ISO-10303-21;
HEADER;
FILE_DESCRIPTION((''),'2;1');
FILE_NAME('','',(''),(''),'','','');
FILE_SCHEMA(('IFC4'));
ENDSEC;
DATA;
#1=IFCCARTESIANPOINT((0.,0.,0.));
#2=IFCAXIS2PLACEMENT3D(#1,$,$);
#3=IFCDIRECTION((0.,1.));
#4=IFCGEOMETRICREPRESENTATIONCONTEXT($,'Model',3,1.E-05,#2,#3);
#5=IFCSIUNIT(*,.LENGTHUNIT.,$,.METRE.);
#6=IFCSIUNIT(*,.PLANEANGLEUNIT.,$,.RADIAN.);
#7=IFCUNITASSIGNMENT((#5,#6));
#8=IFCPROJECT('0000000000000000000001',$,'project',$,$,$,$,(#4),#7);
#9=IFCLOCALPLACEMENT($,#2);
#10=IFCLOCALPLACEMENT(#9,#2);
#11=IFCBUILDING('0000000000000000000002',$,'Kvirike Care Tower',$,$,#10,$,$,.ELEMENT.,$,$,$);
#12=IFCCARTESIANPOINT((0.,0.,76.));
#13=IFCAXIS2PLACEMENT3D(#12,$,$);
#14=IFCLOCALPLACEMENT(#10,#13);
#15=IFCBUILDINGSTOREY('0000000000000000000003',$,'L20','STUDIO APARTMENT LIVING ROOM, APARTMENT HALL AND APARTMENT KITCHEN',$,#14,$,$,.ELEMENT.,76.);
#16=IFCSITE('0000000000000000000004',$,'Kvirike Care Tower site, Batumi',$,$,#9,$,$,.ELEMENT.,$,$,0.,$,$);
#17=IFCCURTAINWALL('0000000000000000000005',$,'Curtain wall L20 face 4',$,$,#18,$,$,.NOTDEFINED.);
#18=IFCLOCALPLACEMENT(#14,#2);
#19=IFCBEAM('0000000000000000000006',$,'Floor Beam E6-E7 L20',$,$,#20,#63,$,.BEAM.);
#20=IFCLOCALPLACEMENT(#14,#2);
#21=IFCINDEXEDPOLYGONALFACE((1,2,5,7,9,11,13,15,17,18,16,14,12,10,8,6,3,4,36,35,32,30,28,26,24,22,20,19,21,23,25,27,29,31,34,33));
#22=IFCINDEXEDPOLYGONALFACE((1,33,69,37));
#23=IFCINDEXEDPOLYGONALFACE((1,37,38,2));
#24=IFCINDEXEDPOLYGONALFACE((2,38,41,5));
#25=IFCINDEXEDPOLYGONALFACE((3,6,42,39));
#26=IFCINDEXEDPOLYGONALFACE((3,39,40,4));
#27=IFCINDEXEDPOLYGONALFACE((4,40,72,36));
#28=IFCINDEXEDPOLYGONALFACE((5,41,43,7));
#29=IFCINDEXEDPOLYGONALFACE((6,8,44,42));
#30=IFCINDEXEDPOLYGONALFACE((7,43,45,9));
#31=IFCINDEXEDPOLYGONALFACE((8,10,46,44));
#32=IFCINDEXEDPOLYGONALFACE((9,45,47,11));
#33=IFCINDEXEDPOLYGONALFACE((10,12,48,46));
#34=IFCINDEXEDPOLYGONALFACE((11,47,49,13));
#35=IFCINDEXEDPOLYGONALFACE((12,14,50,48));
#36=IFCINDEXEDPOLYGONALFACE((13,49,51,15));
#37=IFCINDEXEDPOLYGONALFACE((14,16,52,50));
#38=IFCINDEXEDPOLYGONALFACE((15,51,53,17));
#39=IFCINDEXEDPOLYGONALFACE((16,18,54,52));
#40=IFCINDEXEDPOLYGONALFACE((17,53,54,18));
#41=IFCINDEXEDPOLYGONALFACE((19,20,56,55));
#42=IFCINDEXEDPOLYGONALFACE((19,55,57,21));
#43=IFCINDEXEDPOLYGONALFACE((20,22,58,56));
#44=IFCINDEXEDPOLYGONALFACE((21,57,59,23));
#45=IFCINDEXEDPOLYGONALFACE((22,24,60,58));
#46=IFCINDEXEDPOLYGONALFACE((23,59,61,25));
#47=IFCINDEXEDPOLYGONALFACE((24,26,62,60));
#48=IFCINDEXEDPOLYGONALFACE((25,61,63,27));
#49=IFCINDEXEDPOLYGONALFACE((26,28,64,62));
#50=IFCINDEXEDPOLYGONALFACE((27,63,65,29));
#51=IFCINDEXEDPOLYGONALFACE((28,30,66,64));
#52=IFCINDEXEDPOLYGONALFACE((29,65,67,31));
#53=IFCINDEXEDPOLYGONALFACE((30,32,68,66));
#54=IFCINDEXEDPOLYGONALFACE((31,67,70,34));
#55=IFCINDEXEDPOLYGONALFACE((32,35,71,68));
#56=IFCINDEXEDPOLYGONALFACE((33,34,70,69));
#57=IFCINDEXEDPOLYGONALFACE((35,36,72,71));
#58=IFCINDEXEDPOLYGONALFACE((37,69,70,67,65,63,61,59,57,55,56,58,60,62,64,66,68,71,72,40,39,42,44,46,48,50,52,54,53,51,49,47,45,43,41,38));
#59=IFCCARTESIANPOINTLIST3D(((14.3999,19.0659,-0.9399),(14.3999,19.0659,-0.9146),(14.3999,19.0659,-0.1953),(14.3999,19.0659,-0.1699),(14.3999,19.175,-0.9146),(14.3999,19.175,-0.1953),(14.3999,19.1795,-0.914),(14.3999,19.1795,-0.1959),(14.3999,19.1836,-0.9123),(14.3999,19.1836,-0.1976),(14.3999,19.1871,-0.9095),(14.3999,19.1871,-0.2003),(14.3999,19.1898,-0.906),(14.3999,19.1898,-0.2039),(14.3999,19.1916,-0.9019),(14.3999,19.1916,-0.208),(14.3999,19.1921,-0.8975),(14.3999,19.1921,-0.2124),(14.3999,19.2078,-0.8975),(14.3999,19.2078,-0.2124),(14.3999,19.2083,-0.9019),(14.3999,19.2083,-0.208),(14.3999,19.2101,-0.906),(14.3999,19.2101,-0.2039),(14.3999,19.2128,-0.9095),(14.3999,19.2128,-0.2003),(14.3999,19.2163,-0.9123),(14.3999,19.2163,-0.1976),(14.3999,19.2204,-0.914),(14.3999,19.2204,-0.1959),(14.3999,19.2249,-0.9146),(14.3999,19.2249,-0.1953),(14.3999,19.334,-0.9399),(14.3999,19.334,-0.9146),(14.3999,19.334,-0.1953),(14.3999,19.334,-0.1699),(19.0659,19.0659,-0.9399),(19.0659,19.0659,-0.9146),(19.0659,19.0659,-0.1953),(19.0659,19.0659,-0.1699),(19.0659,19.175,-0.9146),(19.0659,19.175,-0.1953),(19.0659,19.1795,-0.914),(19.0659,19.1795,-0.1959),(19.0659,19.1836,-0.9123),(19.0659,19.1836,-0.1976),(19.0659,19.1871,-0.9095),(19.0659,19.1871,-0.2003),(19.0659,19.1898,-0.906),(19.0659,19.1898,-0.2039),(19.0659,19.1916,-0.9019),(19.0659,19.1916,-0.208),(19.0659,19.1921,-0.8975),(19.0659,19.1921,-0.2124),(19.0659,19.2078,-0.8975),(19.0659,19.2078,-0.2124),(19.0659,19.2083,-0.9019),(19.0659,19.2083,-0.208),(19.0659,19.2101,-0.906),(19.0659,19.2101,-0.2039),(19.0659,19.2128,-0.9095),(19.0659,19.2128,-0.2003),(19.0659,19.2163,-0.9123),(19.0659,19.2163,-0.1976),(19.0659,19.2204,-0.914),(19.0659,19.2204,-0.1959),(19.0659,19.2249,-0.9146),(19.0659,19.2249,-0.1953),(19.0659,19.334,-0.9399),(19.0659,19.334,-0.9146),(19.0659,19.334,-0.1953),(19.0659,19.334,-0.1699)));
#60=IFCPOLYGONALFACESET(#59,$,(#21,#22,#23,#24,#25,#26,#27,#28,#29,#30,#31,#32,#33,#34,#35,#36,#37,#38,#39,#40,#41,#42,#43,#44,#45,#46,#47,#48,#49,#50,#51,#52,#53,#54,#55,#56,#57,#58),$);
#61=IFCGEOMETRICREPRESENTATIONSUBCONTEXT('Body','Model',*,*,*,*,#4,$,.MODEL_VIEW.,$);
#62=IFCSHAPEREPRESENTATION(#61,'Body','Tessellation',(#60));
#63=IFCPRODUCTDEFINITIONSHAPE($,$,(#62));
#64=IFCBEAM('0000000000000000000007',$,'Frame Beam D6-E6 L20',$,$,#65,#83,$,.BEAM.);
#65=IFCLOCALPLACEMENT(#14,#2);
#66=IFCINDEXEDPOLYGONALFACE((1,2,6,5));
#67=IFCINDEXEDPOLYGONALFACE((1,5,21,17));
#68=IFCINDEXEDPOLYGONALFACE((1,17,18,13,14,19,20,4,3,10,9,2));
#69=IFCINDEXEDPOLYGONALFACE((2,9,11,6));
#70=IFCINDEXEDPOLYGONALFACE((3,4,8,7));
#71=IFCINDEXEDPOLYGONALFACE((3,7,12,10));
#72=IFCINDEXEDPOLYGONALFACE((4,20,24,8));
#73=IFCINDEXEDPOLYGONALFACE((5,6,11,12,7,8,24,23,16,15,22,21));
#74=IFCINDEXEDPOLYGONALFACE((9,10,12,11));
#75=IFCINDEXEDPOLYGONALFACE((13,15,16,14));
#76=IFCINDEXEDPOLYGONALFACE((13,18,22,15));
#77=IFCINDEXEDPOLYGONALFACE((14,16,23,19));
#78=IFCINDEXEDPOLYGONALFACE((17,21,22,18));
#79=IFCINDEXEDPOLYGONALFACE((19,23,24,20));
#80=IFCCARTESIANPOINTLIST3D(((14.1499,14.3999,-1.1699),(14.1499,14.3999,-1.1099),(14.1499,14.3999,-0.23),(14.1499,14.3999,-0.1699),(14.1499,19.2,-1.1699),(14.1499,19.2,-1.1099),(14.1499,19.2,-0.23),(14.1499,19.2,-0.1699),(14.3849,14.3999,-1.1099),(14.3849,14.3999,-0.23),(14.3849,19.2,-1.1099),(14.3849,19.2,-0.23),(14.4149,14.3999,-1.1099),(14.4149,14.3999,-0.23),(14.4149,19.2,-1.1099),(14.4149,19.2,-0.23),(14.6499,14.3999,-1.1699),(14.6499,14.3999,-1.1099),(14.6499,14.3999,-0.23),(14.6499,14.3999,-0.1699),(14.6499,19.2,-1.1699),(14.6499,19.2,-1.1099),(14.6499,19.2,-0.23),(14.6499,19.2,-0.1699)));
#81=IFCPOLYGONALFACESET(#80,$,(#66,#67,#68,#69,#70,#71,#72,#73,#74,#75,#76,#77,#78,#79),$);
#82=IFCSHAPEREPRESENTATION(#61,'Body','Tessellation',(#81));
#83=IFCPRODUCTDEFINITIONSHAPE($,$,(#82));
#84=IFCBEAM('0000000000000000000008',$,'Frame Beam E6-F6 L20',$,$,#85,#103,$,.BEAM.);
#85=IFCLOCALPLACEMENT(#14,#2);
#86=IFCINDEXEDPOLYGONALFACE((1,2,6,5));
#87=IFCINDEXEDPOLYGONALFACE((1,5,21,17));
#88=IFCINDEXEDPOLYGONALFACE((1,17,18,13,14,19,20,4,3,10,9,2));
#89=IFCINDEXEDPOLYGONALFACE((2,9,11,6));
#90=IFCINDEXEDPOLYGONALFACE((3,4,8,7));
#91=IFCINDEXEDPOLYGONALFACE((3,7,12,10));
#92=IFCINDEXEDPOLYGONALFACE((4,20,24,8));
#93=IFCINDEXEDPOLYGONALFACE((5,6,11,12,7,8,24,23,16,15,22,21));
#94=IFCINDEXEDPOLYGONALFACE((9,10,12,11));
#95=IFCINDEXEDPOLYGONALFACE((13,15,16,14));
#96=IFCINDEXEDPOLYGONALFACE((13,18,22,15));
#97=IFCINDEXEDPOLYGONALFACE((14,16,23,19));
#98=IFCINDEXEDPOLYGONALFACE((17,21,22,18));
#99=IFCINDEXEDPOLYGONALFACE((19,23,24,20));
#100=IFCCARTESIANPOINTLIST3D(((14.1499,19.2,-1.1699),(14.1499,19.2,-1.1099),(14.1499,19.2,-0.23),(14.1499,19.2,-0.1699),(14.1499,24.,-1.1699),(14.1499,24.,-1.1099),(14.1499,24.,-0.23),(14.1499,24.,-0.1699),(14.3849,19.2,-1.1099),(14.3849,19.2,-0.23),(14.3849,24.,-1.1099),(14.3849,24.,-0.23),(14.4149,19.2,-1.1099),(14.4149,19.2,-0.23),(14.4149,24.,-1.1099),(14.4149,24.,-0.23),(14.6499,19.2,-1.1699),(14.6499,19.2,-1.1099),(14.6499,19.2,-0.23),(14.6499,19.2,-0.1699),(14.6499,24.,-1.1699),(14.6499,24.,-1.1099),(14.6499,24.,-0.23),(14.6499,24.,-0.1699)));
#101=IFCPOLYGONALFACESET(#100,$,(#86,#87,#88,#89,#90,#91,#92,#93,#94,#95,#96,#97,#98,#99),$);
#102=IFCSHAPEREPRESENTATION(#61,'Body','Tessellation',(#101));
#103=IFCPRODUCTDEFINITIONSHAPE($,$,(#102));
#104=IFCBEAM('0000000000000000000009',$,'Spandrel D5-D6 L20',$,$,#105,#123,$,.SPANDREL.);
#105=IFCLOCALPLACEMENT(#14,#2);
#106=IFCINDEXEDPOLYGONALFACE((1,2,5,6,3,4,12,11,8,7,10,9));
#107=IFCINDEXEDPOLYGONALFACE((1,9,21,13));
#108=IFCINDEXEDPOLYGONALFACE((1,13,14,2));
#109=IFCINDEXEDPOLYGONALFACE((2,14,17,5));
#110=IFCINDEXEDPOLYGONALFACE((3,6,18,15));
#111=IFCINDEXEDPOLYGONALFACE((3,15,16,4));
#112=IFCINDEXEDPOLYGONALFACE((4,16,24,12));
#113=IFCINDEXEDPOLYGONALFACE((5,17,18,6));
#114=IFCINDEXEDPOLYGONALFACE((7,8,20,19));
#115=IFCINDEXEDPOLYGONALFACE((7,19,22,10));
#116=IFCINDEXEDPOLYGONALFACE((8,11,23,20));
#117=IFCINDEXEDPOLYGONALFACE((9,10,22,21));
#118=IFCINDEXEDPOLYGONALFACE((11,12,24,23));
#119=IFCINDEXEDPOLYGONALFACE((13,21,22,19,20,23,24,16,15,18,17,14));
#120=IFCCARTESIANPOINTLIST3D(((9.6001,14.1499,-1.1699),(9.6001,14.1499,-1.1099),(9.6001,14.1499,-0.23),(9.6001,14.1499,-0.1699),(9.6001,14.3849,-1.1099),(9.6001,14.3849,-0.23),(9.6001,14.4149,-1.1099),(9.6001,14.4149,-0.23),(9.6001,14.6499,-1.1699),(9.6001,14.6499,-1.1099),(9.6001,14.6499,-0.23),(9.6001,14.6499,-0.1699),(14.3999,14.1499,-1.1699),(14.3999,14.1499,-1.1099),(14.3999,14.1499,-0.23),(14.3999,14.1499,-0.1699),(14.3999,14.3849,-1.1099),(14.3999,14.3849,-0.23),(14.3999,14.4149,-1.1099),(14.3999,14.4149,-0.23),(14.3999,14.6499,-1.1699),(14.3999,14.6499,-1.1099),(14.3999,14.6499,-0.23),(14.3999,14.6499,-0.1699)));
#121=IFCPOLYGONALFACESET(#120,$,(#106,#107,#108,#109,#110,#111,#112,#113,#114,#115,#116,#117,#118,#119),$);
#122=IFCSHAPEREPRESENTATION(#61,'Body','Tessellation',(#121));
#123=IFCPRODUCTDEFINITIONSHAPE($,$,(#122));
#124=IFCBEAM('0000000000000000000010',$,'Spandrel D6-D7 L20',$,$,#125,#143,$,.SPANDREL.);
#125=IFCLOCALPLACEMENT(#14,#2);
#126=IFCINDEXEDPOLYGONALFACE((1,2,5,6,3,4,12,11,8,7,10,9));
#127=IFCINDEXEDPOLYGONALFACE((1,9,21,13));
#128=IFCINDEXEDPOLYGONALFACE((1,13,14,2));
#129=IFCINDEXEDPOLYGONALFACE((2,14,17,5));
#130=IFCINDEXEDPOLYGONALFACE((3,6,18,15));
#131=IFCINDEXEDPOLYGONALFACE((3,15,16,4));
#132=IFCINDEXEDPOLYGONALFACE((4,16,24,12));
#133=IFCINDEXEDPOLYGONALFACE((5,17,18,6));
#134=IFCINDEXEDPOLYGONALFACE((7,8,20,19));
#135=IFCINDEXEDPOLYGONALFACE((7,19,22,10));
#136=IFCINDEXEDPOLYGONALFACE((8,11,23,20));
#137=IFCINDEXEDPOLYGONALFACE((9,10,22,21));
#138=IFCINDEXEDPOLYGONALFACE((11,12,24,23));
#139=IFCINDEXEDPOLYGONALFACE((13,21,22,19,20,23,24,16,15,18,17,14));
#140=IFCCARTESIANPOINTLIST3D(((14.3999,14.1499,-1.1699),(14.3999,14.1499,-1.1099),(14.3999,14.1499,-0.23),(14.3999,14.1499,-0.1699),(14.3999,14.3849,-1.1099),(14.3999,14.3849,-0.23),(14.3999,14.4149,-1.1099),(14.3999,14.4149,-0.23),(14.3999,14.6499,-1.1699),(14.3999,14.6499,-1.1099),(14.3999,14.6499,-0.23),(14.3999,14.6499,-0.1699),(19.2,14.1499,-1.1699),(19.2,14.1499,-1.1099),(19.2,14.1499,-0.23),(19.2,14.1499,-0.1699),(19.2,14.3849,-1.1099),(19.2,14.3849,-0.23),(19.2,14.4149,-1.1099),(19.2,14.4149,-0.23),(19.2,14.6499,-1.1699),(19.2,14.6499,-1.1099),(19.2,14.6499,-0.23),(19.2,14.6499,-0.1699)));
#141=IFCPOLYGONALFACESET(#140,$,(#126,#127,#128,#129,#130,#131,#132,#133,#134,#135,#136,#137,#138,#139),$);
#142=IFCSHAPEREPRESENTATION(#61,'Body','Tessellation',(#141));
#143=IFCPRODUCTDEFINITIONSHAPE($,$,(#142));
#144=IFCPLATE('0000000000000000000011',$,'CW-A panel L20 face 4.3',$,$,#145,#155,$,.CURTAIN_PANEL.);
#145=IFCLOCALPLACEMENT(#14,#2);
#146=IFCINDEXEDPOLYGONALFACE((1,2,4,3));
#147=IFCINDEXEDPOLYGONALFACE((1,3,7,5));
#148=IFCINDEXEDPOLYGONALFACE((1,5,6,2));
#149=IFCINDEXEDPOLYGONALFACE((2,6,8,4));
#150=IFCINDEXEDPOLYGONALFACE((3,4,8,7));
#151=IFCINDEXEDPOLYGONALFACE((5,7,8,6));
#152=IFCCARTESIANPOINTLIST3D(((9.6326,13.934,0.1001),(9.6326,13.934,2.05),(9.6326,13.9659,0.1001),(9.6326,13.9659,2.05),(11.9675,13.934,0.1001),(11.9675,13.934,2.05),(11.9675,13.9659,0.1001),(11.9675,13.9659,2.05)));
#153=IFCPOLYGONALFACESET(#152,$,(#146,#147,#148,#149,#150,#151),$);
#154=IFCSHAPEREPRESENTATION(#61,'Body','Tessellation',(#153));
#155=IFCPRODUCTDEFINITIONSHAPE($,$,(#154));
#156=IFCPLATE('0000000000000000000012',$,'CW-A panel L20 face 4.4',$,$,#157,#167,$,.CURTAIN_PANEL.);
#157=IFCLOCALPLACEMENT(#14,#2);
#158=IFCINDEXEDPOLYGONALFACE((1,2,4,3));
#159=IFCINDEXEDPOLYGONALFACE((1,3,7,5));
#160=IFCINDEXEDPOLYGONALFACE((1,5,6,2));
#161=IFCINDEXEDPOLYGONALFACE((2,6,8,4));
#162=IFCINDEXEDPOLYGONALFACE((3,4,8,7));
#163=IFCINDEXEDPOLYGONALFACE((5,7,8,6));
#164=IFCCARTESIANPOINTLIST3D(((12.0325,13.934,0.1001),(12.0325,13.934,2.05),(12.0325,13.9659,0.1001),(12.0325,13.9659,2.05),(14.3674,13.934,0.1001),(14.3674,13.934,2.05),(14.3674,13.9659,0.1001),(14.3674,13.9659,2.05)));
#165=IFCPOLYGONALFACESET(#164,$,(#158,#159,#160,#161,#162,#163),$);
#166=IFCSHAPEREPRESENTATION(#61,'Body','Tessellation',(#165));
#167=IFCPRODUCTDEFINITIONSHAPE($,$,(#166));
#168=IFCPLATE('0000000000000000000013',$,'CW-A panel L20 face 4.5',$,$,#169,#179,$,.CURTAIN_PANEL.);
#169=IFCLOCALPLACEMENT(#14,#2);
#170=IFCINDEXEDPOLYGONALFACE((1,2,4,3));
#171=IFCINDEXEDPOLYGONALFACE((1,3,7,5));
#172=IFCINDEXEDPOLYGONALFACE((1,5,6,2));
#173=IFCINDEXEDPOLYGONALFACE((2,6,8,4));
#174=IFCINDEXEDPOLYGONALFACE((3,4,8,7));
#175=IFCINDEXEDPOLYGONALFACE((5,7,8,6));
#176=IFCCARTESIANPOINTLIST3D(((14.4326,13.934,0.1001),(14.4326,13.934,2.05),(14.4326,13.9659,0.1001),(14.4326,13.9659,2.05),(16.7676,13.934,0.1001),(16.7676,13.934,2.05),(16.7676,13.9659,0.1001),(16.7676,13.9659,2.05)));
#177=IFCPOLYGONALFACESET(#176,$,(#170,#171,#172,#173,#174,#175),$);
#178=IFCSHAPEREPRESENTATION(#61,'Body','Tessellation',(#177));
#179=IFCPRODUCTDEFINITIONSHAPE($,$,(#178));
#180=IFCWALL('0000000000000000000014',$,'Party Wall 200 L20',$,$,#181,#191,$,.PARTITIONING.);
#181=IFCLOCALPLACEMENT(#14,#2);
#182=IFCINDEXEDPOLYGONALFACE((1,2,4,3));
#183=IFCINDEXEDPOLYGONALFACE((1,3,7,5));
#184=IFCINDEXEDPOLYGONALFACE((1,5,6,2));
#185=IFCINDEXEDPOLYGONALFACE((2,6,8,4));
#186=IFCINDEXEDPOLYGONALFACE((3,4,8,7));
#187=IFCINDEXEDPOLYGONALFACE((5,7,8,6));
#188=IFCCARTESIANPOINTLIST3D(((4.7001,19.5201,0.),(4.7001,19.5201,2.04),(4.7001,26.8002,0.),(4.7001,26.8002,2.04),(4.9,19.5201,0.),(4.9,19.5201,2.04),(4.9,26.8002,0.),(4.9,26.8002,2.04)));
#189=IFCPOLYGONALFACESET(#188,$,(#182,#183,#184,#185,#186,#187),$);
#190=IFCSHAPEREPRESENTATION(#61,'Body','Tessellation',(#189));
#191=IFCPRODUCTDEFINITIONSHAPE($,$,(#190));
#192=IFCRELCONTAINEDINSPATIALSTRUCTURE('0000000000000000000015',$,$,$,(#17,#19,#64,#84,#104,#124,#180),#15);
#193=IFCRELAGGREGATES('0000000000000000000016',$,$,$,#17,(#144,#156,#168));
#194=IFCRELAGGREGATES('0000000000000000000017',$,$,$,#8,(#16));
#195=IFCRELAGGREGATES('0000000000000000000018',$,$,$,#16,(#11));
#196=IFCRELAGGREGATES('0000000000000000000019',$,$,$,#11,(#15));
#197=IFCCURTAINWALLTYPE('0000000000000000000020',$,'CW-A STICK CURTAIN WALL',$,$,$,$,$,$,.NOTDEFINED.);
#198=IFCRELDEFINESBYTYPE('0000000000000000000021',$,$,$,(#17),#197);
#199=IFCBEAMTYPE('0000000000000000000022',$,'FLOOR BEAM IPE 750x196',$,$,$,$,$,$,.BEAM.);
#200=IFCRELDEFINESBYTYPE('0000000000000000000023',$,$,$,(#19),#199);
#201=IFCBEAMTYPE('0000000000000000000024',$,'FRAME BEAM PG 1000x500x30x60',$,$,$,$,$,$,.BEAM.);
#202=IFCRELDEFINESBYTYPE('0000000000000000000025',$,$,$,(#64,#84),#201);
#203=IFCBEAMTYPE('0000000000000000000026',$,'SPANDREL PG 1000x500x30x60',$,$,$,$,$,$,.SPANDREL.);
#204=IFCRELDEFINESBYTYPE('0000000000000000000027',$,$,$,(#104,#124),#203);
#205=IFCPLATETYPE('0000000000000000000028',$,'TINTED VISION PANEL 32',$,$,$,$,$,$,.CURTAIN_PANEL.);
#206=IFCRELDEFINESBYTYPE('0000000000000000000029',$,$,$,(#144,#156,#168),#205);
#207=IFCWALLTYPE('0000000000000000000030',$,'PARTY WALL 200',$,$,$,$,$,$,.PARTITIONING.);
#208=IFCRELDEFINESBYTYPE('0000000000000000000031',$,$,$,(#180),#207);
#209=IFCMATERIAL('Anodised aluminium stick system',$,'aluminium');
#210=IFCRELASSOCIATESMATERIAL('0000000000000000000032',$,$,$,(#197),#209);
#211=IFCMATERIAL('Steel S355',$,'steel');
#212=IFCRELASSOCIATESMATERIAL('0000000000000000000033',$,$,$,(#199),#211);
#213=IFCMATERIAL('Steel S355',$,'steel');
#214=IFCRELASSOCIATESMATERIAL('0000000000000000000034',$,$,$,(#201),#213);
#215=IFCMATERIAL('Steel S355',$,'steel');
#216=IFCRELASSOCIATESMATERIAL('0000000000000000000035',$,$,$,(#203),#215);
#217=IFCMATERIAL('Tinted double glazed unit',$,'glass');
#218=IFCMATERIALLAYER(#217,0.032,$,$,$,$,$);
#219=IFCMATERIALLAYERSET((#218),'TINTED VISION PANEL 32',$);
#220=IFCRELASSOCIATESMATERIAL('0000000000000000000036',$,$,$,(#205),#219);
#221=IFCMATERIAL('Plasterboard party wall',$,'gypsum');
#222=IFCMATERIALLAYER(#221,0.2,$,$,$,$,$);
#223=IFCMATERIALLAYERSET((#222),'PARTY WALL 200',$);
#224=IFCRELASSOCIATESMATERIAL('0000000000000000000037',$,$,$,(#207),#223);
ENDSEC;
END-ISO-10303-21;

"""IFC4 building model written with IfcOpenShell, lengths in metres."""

from ifc_helpers import new_model, si_unit, direction, frame, frame_2d, origin, origin_2d, place, context, subcontext, project, spatial, rectangle, i_section, extrude, material, layer, layer_set, material_profile, profile_set, type_object, element, aggregate, save


model = new_model("IFC4")

# Units and contexts
model_context = context("Model", 3, precision=1e-05, world=origin(), true_north=direction((0.0, 1.0)))
body_context = subcontext(model_context, "Body", "Model", "MODEL_VIEW")
ifc_project = project(units=[si_unit("LENGTHUNIT", "METRE"), si_unit("PLANEANGLEUNIT", "RADIAN")], contexts=[model_context])

# Site, building, storey
site_placement = place(None, origin())
site = spatial("IfcSite", under=ifc_project, at=site_placement, Name="Kvirike Care Tower site, Batumi", CompositionType="ELEMENT", RefElevation=0.0)
building_placement = place(site_placement, origin())
building = spatial("IfcBuilding", under=site, at=building_placement, Name="Kvirike Care Tower", CompositionType="ELEMENT")
storey_placement = place(building_placement, frame((0.0, 0.0, 76.0)))
storey = spatial("IfcBuildingStorey", under=building, at=storey_placement, Name="L20", Description="STUDIO APARTMENT LIVING ROOM, APARTMENT HALL AND APARTMENT KITCHEN", CompositionType="ELEMENT", Elevation=76.0)

# Curtain wall
ifc_material_1 = material(Name="Anodised aluminium stick system", Category="aluminium")
curtain_wall_type = type_object("IfcCurtainWallType", Name="CW-A STICK CURTAIN WALL", PredefinedType="NOTDEFINED", material=ifc_material_1)
curtain_wall_placement = place(storey_placement, origin())
curtain_wall = element("IfcCurtainWall", 1, at=curtain_wall_placement, inside=storey, type_object=curtain_wall_type, Name="Curtain wall L20 face 4", PredefinedType="NOTDEFINED")

# Beams
ifc_material_2 = material(Name="Steel S355", Category="steel")
ifc_material_profile_1 = material_profile(ifc_material_2, i_section(OverallWidth=0.2681, OverallDepth=0.77, WebThickness=0.0156, FlangeThickness=0.0254, FilletRadius=0.0171, at=origin_2d()), Name="IPE 750x196")
ifc_profile_set_1 = profile_set([ifc_material_profile_1], Name="Steel S355")
beam_type_1 = type_object("IfcBeamType", Name="FLOOR BEAM IPE 750x196", PredefinedType="BEAM", material=ifc_profile_set_1)
beam_1_placement = place(storey_placement, frame((14.3999, 19.2, -0.5549), z_axis=(1.0, 0.0, 0.0), x_axis=(0.0, 1.0, 0.0)))
element("IfcBeam", 2, at=beam_1_placement, inside=storey, type_object=beam_type_1, Name="Floor Beam E6-E7 L20", PredefinedType="BEAM", context=body_context, shape_type="SweptSolid", body=[
    extrude(i_section(OverallWidth=0.2681, OverallDepth=0.77, WebThickness=0.0156, FlangeThickness=0.0254, FilletRadius=0.0171, at=origin_2d()), origin(), (0.0, 0.0, 1.0), 4.666),
])
ifc_material_3 = material(Name="Steel S355", Category="steel")
ifc_material_profile_2 = material_profile(ifc_material_3, i_section(OverallWidth=0.5, OverallDepth=1.0, WebThickness=0.03, FlangeThickness=0.0601, at=origin_2d()), Name="PG 1000x500x30x60")
ifc_profile_set_2 = profile_set([ifc_material_profile_2], Name="Steel S355")
beam_type_2 = type_object("IfcBeamType", Name="FRAME BEAM PG 1000x500x30x60", PredefinedType="BEAM", material=ifc_profile_set_2)
for number, where, z_axis, x_axis, name in (
    (3, (14.3999, 14.3999, -0.6699), (0.0, 1.0, 0.0), (-1.0, 0.0, 0.0), "Frame Beam D6-E6 L20"),
    (4, (14.3999, 19.2, -0.6699), (0.0, 1.0, 0.0), (-1.0, 0.0, 0.0), "Frame Beam E6-F6 L20"),
):
    element("IfcBeam", number, at=place(storey_placement, frame(where, z_axis=z_axis, x_axis=x_axis)), inside=storey, type_object=beam_type_2, Name=name, PredefinedType="BEAM", context=body_context, shape_type="SweptSolid", body=[
        extrude(i_section(OverallWidth=0.5, OverallDepth=1.0, WebThickness=0.03, FlangeThickness=0.0601, at=origin_2d()), origin(), (0.0, 0.0, 1.0), 4.8),
    ])
ifc_material_4 = material(Name="Steel S355", Category="steel")
ifc_material_profile_3 = material_profile(ifc_material_4, i_section(OverallWidth=0.5, OverallDepth=1.0, WebThickness=0.03, FlangeThickness=0.0601, at=origin_2d()), Name="PG 1000x500x30x60")
ifc_profile_set_3 = profile_set([ifc_material_profile_3], Name="Steel S355")
beam_type_3 = type_object("IfcBeamType", Name="SPANDREL PG 1000x500x30x60", PredefinedType="SPANDREL", material=ifc_profile_set_3)
beam_2_placement = place(storey_placement, frame((9.6001, 14.3999, -0.6699), z_axis=(1.0, 0.0, 0.0), x_axis=(0.0, 1.0, 0.0)))
element("IfcBeam", 5, at=beam_2_placement, inside=storey, type_object=beam_type_3, Name="Spandrel D5-D6 L20", PredefinedType="SPANDREL", context=body_context, shape_type="SweptSolid", body=[
    extrude(i_section(OverallWidth=0.5, OverallDepth=1.0, WebThickness=0.03, FlangeThickness=0.0601, at=origin_2d()), origin(), (0.0, 0.0, 1.0), 4.7998),
])
beam_3_placement = place(storey_placement, frame((14.3999, 14.3999, -0.6699), z_axis=(1.0, 0.0, 0.0), x_axis=(0.0, 1.0, 0.0)))
element("IfcBeam", 6, at=beam_3_placement, inside=storey, type_object=beam_type_3, Name="Spandrel D6-D7 L20", PredefinedType="SPANDREL", context=body_context, shape_type="SweptSolid", body=[
    extrude(i_section(OverallWidth=0.5, OverallDepth=1.0, WebThickness=0.03, FlangeThickness=0.0601, at=origin_2d()), origin(), (0.0, 0.0, 1.0), 4.8),
])

# Plates
ifc_material_5 = material(Name="Tinted double glazed unit", Category="glass")
ifc_layer_1 = layer(ifc_material_5, 0.032)
ifc_layer_set_1 = layer_set([ifc_layer_1], Name="TINTED VISION PANEL 32")
plate_type = type_object("IfcPlateType", Name="TINTED VISION PANEL 32", PredefinedType="CURTAIN_PANEL", material=ifc_layer_set_1)
plate_1_placement = place(storey_placement, frame((10.8, 13.95, 0.1001), z_axis=(0.0, 0.0, 1.0), x_axis=(1.0, 0.0, 0.0)))
plate_1 = element("IfcPlate", 7, at=plate_1_placement, type_object=plate_type, Name="CW-A panel L20 face 4.3", PredefinedType="CURTAIN_PANEL", context=body_context, shape_type="SweptSolid", body=[
    extrude(rectangle(XDim=2.335, YDim=0.032, at=origin_2d()), origin(), (0.0, 0.0, 1.0), 1.95),
])
plate_2_placement = place(storey_placement, frame((13.2, 13.95, 0.1001), z_axis=(0.0, 0.0, 1.0), x_axis=(1.0, 0.0, 0.0)))
plate_2 = element("IfcPlate", 8, at=plate_2_placement, type_object=plate_type, Name="CW-A panel L20 face 4.4", PredefinedType="CURTAIN_PANEL", context=body_context, shape_type="SweptSolid", body=[
    extrude(rectangle(XDim=2.335, YDim=0.032, at=origin_2d()), origin(), (0.0, 0.0, 1.0), 1.95),
])
plate_3_placement = place(storey_placement, frame((15.6001, 13.95, 0.1001), z_axis=(0.0, 0.0, 1.0), x_axis=(1.0, 0.0, 0.0)))
plate_3 = element("IfcPlate", 9, at=plate_3_placement, type_object=plate_type, Name="CW-A panel L20 face 4.5", PredefinedType="CURTAIN_PANEL", context=body_context, shape_type="SweptSolid", body=[
    extrude(rectangle(XDim=2.335, YDim=0.032, at=origin_2d()), origin(), (0.0, 0.0, 1.0), 1.95),
])
aggregate(curtain_wall, [plate_1, plate_2, plate_3])

# Wall
ifc_material_6 = material(Name="Plasterboard party wall", Category="gypsum")
ifc_layer_2 = layer(ifc_material_6, 0.2)
ifc_layer_set_2 = layer_set([ifc_layer_2], Name="PARTY WALL 200")
wall_type = type_object("IfcWallType", Name="PARTY WALL 200", PredefinedType="PARTITIONING", material=ifc_layer_set_2)
wall_1_placement = place(storey_placement, frame((4.8, 19.52, 0.0), z_axis=(0.0, 0.0, 1.0), x_axis=(0.0, 1.0, 0.0)))
element("IfcWall", 10, at=wall_1_placement, inside=storey, type_object=wall_type, Name="Party Wall 200 L20", PredefinedType="PARTITIONING", context=body_context, shape_type="SweptSolid", body=[
    extrude(rectangle(XDim=7.28, YDim=0.2, at=frame_2d((3.6401, 0.0))), origin(), (0.0, 0.0, 1.0), 2.04),
])

save(model, "model.ifc")
